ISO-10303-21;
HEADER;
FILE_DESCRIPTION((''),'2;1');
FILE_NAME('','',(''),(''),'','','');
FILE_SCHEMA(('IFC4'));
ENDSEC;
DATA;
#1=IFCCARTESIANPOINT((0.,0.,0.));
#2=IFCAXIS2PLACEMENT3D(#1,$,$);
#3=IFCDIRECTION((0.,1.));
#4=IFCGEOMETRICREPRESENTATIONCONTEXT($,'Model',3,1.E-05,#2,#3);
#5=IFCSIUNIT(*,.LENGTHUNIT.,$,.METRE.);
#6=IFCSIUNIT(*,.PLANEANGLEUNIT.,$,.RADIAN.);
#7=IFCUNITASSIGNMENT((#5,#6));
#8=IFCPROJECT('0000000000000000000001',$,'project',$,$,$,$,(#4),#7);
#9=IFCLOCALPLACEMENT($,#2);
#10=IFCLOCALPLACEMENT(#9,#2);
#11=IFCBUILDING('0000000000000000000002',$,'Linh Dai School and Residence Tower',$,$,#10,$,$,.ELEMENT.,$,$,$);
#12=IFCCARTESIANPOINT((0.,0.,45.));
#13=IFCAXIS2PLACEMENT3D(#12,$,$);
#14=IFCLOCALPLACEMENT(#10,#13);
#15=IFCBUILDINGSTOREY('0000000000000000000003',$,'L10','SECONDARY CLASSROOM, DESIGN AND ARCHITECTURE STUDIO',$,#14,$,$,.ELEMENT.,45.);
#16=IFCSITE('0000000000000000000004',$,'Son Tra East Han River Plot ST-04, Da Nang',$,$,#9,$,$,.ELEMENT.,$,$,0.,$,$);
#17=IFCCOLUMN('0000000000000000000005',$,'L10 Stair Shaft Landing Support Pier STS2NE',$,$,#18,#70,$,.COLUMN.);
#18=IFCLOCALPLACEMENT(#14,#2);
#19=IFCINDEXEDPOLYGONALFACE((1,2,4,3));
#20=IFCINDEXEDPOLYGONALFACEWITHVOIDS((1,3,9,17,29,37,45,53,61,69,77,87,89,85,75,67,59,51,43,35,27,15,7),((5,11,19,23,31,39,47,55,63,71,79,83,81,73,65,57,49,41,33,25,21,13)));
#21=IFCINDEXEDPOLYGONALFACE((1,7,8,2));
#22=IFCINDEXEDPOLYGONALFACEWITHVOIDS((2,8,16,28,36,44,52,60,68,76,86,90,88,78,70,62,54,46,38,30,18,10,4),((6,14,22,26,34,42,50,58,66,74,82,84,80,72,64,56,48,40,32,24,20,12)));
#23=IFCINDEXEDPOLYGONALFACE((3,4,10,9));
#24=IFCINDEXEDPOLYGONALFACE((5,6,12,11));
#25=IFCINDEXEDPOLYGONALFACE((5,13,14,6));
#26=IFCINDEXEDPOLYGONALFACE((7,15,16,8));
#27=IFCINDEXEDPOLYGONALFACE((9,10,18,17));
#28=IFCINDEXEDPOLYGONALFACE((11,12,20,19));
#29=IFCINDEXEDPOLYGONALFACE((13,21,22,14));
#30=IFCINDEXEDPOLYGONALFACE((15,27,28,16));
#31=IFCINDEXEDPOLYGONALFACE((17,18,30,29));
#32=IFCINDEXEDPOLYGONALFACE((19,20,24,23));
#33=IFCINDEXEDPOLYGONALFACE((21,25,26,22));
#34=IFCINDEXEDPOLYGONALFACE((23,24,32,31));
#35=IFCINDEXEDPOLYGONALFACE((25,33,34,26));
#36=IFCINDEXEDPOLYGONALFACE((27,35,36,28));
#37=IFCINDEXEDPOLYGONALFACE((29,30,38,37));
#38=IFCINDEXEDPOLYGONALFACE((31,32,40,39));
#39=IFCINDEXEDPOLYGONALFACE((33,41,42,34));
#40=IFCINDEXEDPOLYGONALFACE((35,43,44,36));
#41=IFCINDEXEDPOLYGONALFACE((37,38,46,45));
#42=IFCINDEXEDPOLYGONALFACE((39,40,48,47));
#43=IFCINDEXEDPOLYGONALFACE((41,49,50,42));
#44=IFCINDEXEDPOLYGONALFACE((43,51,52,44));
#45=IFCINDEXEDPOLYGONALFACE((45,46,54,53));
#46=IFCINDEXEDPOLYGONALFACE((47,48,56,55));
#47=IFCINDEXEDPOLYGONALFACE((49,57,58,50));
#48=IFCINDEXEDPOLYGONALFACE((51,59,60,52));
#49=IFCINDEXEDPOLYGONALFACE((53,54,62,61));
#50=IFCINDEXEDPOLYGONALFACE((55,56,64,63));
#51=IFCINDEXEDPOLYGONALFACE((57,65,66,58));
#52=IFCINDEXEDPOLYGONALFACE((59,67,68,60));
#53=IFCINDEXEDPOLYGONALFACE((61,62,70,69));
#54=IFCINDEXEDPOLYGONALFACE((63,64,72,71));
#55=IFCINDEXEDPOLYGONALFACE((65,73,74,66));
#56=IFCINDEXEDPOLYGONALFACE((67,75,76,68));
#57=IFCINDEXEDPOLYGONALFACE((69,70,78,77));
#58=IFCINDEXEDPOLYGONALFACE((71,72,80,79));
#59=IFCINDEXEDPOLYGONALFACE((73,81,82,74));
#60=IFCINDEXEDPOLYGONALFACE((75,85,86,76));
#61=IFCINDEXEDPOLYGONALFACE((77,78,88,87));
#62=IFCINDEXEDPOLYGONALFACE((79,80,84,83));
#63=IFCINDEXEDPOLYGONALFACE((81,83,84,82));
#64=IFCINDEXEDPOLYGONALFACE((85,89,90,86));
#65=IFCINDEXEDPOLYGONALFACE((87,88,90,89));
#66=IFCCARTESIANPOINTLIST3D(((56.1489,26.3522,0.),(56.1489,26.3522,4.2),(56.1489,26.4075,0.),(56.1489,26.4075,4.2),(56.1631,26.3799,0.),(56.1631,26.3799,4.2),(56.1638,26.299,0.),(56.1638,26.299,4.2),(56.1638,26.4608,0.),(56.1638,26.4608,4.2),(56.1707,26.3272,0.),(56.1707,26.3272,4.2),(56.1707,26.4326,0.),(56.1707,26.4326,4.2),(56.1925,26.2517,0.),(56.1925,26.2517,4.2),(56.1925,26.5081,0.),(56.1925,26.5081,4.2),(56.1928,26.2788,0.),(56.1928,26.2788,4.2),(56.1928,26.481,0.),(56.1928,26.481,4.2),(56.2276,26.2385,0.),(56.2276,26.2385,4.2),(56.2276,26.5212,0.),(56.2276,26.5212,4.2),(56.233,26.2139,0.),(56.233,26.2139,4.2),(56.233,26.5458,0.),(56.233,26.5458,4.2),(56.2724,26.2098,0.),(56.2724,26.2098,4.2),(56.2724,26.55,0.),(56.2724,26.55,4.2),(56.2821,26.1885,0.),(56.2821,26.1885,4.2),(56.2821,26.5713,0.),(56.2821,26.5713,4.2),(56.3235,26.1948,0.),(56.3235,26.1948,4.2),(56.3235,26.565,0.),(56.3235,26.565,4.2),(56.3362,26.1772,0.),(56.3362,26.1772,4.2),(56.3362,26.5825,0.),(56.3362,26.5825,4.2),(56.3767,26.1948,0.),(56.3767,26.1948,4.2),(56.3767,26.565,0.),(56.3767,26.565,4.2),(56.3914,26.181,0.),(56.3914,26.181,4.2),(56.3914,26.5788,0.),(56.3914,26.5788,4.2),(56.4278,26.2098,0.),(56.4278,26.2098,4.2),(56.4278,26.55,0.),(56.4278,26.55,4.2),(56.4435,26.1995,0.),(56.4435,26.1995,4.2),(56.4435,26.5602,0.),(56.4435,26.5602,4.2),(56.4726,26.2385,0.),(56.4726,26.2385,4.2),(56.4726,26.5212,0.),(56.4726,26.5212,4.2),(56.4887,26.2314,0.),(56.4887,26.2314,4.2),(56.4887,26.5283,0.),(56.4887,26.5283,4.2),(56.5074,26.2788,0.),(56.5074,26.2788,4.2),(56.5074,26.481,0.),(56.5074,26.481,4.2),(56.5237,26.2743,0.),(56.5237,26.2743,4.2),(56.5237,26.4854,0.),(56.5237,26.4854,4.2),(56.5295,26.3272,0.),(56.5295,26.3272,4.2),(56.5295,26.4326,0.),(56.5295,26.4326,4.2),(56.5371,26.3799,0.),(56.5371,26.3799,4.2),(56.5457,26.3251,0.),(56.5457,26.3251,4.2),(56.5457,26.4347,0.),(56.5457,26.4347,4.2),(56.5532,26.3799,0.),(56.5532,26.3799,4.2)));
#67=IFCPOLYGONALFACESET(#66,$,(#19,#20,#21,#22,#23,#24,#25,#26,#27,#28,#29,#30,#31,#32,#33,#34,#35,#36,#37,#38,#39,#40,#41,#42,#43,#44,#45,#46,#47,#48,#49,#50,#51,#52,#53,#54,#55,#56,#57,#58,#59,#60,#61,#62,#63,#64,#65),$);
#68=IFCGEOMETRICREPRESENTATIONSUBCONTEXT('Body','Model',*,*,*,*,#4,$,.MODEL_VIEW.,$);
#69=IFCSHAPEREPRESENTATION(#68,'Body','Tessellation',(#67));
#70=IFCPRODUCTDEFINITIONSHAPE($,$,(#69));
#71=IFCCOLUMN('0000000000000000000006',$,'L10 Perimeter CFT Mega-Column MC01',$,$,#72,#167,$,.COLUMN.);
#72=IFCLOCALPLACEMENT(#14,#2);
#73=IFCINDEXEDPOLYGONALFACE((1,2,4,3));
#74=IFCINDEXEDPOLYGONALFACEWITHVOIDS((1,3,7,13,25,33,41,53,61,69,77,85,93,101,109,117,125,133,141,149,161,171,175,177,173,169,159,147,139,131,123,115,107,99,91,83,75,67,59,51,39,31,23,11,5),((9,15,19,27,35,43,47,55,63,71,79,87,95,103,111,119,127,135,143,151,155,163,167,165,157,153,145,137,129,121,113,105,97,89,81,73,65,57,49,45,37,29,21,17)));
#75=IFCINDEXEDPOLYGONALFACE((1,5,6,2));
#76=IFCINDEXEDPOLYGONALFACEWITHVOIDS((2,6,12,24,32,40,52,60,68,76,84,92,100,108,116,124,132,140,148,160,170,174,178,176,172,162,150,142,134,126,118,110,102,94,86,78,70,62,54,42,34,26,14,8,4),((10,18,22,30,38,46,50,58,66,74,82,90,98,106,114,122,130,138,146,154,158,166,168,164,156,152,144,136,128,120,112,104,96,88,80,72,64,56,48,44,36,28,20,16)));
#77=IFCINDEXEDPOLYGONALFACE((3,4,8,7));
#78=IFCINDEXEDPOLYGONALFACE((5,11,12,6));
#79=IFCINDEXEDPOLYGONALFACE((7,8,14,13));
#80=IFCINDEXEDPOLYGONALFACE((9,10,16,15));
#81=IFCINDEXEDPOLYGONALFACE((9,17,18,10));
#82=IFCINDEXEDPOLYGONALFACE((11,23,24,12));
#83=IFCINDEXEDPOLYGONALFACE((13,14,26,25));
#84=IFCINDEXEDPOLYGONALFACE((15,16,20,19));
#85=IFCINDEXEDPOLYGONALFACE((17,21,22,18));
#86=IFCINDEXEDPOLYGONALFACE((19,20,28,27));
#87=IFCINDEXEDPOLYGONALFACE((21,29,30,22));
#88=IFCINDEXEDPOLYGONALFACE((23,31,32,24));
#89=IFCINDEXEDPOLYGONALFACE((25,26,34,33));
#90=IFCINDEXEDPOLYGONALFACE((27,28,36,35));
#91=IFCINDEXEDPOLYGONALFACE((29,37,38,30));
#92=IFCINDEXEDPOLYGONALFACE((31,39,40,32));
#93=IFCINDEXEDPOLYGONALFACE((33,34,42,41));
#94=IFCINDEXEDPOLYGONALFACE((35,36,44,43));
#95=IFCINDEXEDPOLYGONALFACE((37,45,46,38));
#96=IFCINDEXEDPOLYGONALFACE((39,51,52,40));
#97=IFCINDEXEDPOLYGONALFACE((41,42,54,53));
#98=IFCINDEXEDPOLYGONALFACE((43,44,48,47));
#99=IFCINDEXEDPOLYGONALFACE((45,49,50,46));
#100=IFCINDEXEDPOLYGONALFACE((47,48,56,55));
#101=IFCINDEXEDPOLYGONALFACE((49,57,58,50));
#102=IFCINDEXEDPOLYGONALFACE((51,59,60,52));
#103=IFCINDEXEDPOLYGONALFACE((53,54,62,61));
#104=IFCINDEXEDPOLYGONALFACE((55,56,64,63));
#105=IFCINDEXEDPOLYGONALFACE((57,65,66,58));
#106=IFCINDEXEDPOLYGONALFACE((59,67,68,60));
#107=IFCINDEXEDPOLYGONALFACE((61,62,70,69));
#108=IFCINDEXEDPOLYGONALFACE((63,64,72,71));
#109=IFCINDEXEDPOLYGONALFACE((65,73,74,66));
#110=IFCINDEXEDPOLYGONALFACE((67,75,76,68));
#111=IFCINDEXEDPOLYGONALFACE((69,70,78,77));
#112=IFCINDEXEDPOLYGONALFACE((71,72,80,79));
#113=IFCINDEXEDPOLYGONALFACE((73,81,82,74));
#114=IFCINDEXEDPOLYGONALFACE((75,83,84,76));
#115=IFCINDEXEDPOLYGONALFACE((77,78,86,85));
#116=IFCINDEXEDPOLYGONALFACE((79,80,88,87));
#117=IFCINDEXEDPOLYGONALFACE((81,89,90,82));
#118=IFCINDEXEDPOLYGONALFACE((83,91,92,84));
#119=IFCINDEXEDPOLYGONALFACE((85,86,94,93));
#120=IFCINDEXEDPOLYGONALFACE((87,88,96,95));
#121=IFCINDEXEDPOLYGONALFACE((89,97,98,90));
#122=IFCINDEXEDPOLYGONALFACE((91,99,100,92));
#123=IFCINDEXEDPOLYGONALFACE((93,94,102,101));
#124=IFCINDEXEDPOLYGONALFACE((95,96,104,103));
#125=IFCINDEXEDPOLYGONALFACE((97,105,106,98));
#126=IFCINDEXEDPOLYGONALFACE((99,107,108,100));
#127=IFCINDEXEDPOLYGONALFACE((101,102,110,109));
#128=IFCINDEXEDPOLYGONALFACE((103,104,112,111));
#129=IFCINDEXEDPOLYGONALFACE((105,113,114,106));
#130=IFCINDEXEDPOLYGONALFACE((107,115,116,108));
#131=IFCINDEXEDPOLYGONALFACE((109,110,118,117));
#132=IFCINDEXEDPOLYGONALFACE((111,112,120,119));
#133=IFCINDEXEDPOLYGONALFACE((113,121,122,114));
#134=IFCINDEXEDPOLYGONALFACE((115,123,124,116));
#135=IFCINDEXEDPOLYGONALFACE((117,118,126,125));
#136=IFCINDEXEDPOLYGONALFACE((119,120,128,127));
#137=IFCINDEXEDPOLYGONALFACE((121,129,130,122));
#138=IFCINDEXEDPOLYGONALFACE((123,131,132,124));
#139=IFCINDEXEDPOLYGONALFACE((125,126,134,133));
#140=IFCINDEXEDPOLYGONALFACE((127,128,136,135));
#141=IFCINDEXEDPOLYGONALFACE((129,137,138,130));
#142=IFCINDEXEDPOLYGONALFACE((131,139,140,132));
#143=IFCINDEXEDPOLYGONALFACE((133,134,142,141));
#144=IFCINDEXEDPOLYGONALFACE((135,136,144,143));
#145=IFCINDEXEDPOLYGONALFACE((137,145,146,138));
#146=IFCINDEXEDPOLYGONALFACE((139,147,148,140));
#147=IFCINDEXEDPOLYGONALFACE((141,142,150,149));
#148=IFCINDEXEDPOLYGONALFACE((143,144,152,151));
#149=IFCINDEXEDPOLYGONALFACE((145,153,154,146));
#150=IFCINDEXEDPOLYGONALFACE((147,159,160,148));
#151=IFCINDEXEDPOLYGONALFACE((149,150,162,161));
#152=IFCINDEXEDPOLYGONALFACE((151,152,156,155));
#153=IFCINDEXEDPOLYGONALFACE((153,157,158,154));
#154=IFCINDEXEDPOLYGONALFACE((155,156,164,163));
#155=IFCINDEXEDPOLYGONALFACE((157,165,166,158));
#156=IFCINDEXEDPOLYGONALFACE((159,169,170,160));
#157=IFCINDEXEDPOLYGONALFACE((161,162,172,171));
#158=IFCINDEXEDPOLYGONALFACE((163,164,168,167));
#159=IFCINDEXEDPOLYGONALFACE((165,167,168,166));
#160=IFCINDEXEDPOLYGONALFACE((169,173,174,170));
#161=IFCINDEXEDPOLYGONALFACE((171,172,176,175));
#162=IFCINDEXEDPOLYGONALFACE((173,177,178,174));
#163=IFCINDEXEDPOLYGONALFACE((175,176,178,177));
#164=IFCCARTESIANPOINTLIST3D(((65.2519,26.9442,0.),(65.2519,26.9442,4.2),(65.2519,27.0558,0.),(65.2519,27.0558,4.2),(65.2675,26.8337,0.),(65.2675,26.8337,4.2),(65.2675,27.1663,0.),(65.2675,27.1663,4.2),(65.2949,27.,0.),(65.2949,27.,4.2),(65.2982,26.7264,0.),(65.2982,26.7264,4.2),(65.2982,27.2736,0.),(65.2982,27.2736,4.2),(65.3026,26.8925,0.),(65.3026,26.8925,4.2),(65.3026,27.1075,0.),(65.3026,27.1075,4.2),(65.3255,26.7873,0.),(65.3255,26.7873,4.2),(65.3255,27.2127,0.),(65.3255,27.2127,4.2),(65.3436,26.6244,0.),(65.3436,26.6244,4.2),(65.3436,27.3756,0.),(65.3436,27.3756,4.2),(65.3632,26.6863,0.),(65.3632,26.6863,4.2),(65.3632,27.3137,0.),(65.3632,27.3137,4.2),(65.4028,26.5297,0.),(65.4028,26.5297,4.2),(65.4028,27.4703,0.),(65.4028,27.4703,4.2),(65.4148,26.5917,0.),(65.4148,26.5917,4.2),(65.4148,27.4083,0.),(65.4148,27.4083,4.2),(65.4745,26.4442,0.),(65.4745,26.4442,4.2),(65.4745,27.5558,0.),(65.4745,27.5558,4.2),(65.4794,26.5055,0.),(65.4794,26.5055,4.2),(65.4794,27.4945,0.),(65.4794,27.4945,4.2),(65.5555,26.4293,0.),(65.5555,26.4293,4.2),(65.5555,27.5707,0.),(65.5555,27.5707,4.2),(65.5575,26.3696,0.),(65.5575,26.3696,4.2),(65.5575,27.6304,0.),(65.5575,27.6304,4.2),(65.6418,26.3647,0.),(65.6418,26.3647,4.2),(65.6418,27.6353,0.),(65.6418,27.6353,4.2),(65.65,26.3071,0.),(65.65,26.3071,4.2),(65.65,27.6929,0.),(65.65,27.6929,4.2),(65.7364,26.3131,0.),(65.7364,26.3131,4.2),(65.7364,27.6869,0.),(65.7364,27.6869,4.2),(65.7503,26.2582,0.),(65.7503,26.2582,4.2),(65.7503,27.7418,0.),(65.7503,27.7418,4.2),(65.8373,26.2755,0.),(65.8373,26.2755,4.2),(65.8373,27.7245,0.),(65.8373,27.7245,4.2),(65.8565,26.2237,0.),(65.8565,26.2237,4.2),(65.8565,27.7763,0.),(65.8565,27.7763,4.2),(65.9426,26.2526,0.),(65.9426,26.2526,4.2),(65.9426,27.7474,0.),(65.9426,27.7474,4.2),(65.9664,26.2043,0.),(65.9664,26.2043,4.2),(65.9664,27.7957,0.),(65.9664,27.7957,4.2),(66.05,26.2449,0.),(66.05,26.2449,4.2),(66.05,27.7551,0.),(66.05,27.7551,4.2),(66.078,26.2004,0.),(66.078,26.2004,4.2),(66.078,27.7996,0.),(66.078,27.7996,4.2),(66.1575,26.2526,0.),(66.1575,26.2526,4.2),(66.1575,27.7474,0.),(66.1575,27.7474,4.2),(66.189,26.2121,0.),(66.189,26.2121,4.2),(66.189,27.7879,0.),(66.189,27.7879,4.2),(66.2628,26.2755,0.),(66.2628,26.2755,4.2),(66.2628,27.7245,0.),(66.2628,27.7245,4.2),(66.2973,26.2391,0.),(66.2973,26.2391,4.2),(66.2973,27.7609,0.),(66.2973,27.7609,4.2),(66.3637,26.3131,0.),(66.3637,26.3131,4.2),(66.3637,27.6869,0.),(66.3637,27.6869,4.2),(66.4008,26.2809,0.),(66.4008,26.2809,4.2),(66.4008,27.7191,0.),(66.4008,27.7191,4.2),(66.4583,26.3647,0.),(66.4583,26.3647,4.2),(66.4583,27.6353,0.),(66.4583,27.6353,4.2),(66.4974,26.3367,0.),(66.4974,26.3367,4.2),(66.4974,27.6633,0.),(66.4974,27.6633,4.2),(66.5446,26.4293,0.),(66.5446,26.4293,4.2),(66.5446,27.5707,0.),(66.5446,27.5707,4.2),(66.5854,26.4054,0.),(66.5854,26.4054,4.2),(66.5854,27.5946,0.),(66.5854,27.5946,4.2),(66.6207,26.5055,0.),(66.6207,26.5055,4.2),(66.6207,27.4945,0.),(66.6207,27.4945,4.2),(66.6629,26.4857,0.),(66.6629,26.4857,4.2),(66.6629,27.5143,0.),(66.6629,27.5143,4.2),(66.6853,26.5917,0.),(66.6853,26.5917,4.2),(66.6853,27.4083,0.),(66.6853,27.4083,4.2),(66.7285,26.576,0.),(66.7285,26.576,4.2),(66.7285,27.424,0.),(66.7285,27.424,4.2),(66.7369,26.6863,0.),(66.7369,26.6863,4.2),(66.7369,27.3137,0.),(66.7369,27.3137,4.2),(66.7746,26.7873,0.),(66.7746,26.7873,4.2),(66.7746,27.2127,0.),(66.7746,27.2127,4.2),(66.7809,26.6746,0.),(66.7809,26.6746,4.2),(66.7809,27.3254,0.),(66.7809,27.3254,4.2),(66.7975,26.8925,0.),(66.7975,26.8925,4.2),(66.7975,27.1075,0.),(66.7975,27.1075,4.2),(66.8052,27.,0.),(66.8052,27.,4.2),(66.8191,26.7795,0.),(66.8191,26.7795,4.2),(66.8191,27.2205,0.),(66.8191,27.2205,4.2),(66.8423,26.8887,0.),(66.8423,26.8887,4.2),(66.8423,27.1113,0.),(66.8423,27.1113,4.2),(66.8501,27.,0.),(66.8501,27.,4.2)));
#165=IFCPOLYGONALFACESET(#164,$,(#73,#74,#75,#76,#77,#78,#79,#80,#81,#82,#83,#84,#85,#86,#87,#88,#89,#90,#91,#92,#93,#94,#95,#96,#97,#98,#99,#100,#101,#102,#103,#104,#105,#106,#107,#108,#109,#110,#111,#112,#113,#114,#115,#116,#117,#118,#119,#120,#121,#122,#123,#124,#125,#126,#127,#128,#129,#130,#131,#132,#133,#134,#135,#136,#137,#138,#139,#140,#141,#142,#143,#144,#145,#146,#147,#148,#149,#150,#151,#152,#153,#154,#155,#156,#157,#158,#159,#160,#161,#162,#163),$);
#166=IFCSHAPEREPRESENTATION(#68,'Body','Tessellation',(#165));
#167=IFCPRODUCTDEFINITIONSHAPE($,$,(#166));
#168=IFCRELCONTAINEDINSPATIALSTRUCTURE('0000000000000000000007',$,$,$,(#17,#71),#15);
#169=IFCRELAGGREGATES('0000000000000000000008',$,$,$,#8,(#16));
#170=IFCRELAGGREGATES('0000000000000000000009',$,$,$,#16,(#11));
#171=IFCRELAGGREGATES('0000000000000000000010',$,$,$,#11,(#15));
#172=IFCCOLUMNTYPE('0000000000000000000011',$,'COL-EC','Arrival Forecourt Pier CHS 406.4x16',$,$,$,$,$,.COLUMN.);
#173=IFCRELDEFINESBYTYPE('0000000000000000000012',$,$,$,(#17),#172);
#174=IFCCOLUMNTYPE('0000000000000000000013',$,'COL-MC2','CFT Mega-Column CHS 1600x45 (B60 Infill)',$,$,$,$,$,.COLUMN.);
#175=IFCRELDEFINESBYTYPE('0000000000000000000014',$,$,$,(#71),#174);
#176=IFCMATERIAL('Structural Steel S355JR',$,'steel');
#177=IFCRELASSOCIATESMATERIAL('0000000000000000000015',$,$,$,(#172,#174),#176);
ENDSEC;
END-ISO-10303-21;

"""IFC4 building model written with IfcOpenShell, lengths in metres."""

from ifc_helpers import new_model, si_unit, direction, frame, origin, origin_2d, place, context, subcontext, project, spatial, hollow_circle, extrude, material, material_profile, profile_set, type_object, element, save


model = new_model("IFC4")

# Units and contexts
model_context = context("Model", 3, precision=1e-05, world=origin(), true_north=direction((0.0, 1.0)))
body_context = subcontext(model_context, "Body", "Model", "MODEL_VIEW")
ifc_project = project(units=[si_unit("LENGTHUNIT", "METRE"), si_unit("PLANEANGLEUNIT", "RADIAN")], contexts=[model_context])

# Site, building, storey
site_placement = place(None, origin())
site = spatial("IfcSite", under=ifc_project, at=site_placement, Name="Son Tra East Han River Plot ST-04, Da Nang", CompositionType="ELEMENT", RefElevation=0.0)
building_placement = place(site_placement, origin())
building = spatial("IfcBuilding", under=site, at=building_placement, Name="Linh Dai School and Residence Tower", CompositionType="ELEMENT")
storey_placement = place(building_placement, frame((0.0, 0.0, 45.0)))
storey = spatial("IfcBuildingStorey", under=building, at=storey_placement, Name="L10", Description="SECONDARY CLASSROOM, DESIGN AND ARCHITECTURE STUDIO", CompositionType="ELEMENT", Elevation=45.0)

# Columns
ifc_material_1 = material(Name="Structural Steel S355JR", Category="steel")
ifc_material_profile_1 = material_profile(ifc_material_1, hollow_circle(Radius=0.2031, WallThickness=0.0161, at=origin_2d()), Name="CHS 406.4x16")
ifc_profile_set_1 = profile_set([ifc_material_profile_1], Name="Structural Steel S355JR")
column_type_1 = type_object("IfcColumnType", Name="COL-EC", Description="Arrival Forecourt Pier CHS 406.4x16", PredefinedType="COLUMN", material=ifc_profile_set_1)
column_1_placement = place(storey_placement, frame((56.3501, 26.3799, 0.0), z_axis=(0.0, 0.0, 1.0), x_axis=(1.0, 0.0, 0.0)))
element("IfcColumn", 1, at=column_1_placement, inside=storey, type_object=column_type_1, Name="L10 Stair Shaft Landing Support Pier STS2NE", PredefinedType="COLUMN", context=body_context, shape_type="SweptSolid", body=[
    extrude(hollow_circle(Radius=0.2031, WallThickness=0.0161, at=origin_2d()), origin(), (0.0, 0.0, 1.0), 4.2),
])
ifc_material_profile_2 = material_profile(ifc_material_1, hollow_circle(Radius=0.8, WallThickness=0.0449, at=origin_2d()), Name="CHS 1600x45")
ifc_profile_set_2 = profile_set([ifc_material_profile_2], Name="Structural Steel S355JR")
column_type_2 = type_object("IfcColumnType", Name="COL-MC2", Description="CFT Mega-Column CHS 1600x45 (B60 Infill)", PredefinedType="COLUMN", material=ifc_profile_set_2)
column_2_placement = place(storey_placement, frame((66.05, 27.0, 0.0), z_axis=(0.0, 0.0, 1.0), x_axis=(1.0, 0.0, 0.0)))
element("IfcColumn", 2, at=column_2_placement, inside=storey, type_object=column_type_2, Name="L10 Perimeter CFT Mega-Column MC01", PredefinedType="COLUMN", context=body_context, shape_type="SweptSolid", body=[
    extrude(hollow_circle(Radius=0.8, WallThickness=0.0449, at=origin_2d()), origin(), (0.0, 0.0, 1.0), 4.2),
])

save(model, "model.ifc")
